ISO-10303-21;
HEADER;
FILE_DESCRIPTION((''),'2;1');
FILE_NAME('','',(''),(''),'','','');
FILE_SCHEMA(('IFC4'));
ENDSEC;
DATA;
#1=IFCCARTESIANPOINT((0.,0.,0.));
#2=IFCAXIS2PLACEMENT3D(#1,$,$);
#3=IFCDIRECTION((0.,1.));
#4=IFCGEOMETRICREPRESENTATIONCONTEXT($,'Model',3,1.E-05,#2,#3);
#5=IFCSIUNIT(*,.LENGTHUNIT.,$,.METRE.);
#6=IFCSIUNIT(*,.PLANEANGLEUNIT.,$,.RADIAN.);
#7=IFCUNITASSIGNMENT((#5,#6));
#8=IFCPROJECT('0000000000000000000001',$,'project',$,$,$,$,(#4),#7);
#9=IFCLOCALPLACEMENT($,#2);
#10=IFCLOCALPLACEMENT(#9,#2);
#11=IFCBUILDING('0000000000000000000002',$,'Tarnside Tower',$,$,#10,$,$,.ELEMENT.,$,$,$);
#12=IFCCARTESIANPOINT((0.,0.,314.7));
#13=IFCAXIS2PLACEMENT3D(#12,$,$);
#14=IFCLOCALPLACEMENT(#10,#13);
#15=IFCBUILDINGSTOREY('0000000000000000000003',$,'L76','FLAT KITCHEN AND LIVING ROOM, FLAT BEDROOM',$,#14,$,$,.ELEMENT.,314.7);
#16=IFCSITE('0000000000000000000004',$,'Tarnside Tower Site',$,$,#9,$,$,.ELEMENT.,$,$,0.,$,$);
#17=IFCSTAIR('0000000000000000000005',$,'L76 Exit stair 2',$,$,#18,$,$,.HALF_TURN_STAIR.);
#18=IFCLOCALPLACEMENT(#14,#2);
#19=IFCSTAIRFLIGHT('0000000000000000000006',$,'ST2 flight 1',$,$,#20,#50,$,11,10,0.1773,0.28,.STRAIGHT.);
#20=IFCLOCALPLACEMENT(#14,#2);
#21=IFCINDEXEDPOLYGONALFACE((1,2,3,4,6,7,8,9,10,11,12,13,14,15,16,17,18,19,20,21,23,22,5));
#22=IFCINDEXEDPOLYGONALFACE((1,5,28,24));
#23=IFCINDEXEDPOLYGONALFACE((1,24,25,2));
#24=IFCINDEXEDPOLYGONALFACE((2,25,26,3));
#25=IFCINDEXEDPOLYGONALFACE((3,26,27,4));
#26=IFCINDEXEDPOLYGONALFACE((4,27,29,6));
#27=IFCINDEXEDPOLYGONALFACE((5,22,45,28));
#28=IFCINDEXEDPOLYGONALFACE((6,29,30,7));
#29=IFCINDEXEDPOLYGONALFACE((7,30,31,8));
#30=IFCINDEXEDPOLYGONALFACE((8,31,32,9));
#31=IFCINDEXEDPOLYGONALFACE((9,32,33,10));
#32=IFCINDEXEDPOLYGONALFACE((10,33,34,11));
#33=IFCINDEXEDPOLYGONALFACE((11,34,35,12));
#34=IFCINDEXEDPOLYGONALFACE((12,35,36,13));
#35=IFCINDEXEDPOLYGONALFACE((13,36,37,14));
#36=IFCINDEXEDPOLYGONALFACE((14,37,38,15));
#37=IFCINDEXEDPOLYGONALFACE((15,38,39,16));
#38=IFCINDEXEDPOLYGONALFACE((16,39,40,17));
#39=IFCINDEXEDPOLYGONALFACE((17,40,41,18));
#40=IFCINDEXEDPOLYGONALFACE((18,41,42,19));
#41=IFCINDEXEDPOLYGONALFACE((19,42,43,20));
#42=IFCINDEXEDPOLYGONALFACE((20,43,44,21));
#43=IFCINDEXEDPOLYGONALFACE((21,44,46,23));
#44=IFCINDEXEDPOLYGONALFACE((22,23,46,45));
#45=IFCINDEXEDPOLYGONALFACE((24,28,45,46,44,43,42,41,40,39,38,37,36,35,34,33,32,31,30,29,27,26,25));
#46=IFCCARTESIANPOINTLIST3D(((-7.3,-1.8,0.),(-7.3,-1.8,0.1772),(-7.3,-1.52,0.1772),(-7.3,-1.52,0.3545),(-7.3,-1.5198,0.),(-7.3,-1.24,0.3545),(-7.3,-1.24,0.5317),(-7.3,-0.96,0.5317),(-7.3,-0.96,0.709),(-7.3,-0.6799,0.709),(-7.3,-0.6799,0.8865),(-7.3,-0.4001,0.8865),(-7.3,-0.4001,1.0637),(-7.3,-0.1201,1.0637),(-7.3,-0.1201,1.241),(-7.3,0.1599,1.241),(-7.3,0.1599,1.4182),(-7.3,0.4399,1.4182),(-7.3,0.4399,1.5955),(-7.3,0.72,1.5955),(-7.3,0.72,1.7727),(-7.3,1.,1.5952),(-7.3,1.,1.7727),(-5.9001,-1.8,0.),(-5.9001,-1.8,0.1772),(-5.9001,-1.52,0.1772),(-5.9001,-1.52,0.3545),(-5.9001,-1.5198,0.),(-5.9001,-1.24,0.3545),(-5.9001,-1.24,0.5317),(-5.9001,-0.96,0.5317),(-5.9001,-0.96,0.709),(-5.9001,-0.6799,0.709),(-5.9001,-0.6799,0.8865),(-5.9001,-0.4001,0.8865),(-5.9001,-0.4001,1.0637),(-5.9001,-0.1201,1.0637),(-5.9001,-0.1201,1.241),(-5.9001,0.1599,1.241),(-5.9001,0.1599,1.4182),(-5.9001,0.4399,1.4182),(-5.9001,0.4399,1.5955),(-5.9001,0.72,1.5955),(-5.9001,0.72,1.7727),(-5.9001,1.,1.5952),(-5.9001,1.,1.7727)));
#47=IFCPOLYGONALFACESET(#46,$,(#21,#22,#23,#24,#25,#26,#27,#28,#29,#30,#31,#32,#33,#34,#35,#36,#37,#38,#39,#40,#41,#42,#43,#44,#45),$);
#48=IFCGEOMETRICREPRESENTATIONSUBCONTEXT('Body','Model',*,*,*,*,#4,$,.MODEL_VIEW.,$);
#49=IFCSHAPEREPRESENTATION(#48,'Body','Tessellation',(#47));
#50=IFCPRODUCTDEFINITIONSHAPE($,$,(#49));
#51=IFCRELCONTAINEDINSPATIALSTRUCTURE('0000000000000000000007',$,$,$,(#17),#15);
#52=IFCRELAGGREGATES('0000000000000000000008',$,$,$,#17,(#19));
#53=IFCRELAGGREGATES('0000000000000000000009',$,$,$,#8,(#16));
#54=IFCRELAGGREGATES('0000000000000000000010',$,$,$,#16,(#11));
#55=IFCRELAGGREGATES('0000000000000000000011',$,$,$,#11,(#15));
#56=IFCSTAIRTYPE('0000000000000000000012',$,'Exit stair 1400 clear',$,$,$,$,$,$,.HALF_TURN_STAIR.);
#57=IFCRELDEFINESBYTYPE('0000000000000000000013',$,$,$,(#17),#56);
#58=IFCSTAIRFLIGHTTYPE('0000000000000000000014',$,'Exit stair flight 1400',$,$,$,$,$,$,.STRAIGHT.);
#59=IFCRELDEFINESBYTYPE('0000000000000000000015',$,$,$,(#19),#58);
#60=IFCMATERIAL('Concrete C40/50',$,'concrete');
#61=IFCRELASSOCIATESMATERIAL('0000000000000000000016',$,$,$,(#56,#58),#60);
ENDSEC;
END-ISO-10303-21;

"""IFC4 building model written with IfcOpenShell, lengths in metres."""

from ifc_helpers import new_model, si_unit, direction, frame, origin, place, context, subcontext, project, spatial, polyline, outline, extrude, material, type_object, element, aggregate, save


model = new_model("IFC4")

# Units and contexts
model_context = context("Model", 3, precision=1e-05, world=origin(), true_north=direction((0.0, 1.0)))
body_context = subcontext(model_context, "Body", "Model", "MODEL_VIEW")
ifc_project = project(units=[si_unit("LENGTHUNIT", "METRE"), si_unit("PLANEANGLEUNIT", "RADIAN")], contexts=[model_context])

# Site, building, storey
site_placement = place(None, origin())
site = spatial("IfcSite", under=ifc_project, at=site_placement, Name="Tarnside Tower Site", CompositionType="ELEMENT", RefElevation=0.0)
building_placement = place(site_placement, origin())
building = spatial("IfcBuilding", under=site, at=building_placement, Name="Tarnside Tower", CompositionType="ELEMENT")
storey_placement = place(building_placement, frame((0.0, 0.0, 314.7)))
storey = spatial("IfcBuildingStorey", under=building, at=storey_placement, Name="L76", Description="FLAT KITCHEN AND LIVING ROOM, FLAT BEDROOM", CompositionType="ELEMENT", Elevation=314.7)

# Shared definitions
ifc_material_1 = material(Name="Concrete C40/50", Category="concrete")

# Stair, stair flight
stair_type = type_object("IfcStairType", Name="Exit stair 1400 clear", PredefinedType="HALF_TURN_STAIR", material=ifc_material_1)
stair_placement = place(storey_placement, origin())
stair = element("IfcStair", 1, at=stair_placement, inside=storey, type_object=stair_type, Name="L76 Exit stair 2", PredefinedType="HALF_TURN_STAIR")
stair_flight_type = type_object("IfcStairFlightType", Name="Exit stair flight 1400", PredefinedType="STRAIGHT", material=ifc_material_1)
stair_flight_placement = place(storey_placement, frame((-6.6001, -1.8, 0.0), z_axis=(0.0, 0.0, 1.0), x_axis=(0.0, 1.0, 0.0)))
stair_flight = element("IfcStairFlight", 2, at=stair_flight_placement, type_object=stair_flight_type, Name="ST2 flight 1", NumberOfRisers=11, NumberOfTreads=10, PredefinedType="STRAIGHT", RiserHeight=0.1773, TreadLength=0.28, context=body_context, shape_type="SweptSolid", body=[
    extrude(outline(polyline([(0.0, 0.0), (0.0, 0.1772), (0.28, 0.1772), (0.28, 0.3545), (0.5601, 0.3545), (0.5601, 0.5317), (0.8401, 0.5317), (0.8401, 0.709), (1.1201, 0.709), (1.1201, 0.8865), (1.3999, 0.8865), (1.3999, 1.0637), (1.6799, 1.0637), (1.6799, 1.241), (1.96, 1.241), (1.96, 1.4182), (2.24, 1.4182), (2.24, 1.5955), (2.52, 1.5955), (2.52, 1.7727), (2.8, 1.7727), (2.8, 1.95), (2.8, 1.5952), (0.2803, 0.0), (0.0, 0.0)])), frame((0.0, 0.7, 0.0), z_axis=(0.0, -1.0, 0.0), x_axis=(1.0, 0.0, 0.0)), (0.0, 0.0, 1.0), 1.3999),
])
aggregate(stair, [stair_flight])

save(model, "model.ifc")
